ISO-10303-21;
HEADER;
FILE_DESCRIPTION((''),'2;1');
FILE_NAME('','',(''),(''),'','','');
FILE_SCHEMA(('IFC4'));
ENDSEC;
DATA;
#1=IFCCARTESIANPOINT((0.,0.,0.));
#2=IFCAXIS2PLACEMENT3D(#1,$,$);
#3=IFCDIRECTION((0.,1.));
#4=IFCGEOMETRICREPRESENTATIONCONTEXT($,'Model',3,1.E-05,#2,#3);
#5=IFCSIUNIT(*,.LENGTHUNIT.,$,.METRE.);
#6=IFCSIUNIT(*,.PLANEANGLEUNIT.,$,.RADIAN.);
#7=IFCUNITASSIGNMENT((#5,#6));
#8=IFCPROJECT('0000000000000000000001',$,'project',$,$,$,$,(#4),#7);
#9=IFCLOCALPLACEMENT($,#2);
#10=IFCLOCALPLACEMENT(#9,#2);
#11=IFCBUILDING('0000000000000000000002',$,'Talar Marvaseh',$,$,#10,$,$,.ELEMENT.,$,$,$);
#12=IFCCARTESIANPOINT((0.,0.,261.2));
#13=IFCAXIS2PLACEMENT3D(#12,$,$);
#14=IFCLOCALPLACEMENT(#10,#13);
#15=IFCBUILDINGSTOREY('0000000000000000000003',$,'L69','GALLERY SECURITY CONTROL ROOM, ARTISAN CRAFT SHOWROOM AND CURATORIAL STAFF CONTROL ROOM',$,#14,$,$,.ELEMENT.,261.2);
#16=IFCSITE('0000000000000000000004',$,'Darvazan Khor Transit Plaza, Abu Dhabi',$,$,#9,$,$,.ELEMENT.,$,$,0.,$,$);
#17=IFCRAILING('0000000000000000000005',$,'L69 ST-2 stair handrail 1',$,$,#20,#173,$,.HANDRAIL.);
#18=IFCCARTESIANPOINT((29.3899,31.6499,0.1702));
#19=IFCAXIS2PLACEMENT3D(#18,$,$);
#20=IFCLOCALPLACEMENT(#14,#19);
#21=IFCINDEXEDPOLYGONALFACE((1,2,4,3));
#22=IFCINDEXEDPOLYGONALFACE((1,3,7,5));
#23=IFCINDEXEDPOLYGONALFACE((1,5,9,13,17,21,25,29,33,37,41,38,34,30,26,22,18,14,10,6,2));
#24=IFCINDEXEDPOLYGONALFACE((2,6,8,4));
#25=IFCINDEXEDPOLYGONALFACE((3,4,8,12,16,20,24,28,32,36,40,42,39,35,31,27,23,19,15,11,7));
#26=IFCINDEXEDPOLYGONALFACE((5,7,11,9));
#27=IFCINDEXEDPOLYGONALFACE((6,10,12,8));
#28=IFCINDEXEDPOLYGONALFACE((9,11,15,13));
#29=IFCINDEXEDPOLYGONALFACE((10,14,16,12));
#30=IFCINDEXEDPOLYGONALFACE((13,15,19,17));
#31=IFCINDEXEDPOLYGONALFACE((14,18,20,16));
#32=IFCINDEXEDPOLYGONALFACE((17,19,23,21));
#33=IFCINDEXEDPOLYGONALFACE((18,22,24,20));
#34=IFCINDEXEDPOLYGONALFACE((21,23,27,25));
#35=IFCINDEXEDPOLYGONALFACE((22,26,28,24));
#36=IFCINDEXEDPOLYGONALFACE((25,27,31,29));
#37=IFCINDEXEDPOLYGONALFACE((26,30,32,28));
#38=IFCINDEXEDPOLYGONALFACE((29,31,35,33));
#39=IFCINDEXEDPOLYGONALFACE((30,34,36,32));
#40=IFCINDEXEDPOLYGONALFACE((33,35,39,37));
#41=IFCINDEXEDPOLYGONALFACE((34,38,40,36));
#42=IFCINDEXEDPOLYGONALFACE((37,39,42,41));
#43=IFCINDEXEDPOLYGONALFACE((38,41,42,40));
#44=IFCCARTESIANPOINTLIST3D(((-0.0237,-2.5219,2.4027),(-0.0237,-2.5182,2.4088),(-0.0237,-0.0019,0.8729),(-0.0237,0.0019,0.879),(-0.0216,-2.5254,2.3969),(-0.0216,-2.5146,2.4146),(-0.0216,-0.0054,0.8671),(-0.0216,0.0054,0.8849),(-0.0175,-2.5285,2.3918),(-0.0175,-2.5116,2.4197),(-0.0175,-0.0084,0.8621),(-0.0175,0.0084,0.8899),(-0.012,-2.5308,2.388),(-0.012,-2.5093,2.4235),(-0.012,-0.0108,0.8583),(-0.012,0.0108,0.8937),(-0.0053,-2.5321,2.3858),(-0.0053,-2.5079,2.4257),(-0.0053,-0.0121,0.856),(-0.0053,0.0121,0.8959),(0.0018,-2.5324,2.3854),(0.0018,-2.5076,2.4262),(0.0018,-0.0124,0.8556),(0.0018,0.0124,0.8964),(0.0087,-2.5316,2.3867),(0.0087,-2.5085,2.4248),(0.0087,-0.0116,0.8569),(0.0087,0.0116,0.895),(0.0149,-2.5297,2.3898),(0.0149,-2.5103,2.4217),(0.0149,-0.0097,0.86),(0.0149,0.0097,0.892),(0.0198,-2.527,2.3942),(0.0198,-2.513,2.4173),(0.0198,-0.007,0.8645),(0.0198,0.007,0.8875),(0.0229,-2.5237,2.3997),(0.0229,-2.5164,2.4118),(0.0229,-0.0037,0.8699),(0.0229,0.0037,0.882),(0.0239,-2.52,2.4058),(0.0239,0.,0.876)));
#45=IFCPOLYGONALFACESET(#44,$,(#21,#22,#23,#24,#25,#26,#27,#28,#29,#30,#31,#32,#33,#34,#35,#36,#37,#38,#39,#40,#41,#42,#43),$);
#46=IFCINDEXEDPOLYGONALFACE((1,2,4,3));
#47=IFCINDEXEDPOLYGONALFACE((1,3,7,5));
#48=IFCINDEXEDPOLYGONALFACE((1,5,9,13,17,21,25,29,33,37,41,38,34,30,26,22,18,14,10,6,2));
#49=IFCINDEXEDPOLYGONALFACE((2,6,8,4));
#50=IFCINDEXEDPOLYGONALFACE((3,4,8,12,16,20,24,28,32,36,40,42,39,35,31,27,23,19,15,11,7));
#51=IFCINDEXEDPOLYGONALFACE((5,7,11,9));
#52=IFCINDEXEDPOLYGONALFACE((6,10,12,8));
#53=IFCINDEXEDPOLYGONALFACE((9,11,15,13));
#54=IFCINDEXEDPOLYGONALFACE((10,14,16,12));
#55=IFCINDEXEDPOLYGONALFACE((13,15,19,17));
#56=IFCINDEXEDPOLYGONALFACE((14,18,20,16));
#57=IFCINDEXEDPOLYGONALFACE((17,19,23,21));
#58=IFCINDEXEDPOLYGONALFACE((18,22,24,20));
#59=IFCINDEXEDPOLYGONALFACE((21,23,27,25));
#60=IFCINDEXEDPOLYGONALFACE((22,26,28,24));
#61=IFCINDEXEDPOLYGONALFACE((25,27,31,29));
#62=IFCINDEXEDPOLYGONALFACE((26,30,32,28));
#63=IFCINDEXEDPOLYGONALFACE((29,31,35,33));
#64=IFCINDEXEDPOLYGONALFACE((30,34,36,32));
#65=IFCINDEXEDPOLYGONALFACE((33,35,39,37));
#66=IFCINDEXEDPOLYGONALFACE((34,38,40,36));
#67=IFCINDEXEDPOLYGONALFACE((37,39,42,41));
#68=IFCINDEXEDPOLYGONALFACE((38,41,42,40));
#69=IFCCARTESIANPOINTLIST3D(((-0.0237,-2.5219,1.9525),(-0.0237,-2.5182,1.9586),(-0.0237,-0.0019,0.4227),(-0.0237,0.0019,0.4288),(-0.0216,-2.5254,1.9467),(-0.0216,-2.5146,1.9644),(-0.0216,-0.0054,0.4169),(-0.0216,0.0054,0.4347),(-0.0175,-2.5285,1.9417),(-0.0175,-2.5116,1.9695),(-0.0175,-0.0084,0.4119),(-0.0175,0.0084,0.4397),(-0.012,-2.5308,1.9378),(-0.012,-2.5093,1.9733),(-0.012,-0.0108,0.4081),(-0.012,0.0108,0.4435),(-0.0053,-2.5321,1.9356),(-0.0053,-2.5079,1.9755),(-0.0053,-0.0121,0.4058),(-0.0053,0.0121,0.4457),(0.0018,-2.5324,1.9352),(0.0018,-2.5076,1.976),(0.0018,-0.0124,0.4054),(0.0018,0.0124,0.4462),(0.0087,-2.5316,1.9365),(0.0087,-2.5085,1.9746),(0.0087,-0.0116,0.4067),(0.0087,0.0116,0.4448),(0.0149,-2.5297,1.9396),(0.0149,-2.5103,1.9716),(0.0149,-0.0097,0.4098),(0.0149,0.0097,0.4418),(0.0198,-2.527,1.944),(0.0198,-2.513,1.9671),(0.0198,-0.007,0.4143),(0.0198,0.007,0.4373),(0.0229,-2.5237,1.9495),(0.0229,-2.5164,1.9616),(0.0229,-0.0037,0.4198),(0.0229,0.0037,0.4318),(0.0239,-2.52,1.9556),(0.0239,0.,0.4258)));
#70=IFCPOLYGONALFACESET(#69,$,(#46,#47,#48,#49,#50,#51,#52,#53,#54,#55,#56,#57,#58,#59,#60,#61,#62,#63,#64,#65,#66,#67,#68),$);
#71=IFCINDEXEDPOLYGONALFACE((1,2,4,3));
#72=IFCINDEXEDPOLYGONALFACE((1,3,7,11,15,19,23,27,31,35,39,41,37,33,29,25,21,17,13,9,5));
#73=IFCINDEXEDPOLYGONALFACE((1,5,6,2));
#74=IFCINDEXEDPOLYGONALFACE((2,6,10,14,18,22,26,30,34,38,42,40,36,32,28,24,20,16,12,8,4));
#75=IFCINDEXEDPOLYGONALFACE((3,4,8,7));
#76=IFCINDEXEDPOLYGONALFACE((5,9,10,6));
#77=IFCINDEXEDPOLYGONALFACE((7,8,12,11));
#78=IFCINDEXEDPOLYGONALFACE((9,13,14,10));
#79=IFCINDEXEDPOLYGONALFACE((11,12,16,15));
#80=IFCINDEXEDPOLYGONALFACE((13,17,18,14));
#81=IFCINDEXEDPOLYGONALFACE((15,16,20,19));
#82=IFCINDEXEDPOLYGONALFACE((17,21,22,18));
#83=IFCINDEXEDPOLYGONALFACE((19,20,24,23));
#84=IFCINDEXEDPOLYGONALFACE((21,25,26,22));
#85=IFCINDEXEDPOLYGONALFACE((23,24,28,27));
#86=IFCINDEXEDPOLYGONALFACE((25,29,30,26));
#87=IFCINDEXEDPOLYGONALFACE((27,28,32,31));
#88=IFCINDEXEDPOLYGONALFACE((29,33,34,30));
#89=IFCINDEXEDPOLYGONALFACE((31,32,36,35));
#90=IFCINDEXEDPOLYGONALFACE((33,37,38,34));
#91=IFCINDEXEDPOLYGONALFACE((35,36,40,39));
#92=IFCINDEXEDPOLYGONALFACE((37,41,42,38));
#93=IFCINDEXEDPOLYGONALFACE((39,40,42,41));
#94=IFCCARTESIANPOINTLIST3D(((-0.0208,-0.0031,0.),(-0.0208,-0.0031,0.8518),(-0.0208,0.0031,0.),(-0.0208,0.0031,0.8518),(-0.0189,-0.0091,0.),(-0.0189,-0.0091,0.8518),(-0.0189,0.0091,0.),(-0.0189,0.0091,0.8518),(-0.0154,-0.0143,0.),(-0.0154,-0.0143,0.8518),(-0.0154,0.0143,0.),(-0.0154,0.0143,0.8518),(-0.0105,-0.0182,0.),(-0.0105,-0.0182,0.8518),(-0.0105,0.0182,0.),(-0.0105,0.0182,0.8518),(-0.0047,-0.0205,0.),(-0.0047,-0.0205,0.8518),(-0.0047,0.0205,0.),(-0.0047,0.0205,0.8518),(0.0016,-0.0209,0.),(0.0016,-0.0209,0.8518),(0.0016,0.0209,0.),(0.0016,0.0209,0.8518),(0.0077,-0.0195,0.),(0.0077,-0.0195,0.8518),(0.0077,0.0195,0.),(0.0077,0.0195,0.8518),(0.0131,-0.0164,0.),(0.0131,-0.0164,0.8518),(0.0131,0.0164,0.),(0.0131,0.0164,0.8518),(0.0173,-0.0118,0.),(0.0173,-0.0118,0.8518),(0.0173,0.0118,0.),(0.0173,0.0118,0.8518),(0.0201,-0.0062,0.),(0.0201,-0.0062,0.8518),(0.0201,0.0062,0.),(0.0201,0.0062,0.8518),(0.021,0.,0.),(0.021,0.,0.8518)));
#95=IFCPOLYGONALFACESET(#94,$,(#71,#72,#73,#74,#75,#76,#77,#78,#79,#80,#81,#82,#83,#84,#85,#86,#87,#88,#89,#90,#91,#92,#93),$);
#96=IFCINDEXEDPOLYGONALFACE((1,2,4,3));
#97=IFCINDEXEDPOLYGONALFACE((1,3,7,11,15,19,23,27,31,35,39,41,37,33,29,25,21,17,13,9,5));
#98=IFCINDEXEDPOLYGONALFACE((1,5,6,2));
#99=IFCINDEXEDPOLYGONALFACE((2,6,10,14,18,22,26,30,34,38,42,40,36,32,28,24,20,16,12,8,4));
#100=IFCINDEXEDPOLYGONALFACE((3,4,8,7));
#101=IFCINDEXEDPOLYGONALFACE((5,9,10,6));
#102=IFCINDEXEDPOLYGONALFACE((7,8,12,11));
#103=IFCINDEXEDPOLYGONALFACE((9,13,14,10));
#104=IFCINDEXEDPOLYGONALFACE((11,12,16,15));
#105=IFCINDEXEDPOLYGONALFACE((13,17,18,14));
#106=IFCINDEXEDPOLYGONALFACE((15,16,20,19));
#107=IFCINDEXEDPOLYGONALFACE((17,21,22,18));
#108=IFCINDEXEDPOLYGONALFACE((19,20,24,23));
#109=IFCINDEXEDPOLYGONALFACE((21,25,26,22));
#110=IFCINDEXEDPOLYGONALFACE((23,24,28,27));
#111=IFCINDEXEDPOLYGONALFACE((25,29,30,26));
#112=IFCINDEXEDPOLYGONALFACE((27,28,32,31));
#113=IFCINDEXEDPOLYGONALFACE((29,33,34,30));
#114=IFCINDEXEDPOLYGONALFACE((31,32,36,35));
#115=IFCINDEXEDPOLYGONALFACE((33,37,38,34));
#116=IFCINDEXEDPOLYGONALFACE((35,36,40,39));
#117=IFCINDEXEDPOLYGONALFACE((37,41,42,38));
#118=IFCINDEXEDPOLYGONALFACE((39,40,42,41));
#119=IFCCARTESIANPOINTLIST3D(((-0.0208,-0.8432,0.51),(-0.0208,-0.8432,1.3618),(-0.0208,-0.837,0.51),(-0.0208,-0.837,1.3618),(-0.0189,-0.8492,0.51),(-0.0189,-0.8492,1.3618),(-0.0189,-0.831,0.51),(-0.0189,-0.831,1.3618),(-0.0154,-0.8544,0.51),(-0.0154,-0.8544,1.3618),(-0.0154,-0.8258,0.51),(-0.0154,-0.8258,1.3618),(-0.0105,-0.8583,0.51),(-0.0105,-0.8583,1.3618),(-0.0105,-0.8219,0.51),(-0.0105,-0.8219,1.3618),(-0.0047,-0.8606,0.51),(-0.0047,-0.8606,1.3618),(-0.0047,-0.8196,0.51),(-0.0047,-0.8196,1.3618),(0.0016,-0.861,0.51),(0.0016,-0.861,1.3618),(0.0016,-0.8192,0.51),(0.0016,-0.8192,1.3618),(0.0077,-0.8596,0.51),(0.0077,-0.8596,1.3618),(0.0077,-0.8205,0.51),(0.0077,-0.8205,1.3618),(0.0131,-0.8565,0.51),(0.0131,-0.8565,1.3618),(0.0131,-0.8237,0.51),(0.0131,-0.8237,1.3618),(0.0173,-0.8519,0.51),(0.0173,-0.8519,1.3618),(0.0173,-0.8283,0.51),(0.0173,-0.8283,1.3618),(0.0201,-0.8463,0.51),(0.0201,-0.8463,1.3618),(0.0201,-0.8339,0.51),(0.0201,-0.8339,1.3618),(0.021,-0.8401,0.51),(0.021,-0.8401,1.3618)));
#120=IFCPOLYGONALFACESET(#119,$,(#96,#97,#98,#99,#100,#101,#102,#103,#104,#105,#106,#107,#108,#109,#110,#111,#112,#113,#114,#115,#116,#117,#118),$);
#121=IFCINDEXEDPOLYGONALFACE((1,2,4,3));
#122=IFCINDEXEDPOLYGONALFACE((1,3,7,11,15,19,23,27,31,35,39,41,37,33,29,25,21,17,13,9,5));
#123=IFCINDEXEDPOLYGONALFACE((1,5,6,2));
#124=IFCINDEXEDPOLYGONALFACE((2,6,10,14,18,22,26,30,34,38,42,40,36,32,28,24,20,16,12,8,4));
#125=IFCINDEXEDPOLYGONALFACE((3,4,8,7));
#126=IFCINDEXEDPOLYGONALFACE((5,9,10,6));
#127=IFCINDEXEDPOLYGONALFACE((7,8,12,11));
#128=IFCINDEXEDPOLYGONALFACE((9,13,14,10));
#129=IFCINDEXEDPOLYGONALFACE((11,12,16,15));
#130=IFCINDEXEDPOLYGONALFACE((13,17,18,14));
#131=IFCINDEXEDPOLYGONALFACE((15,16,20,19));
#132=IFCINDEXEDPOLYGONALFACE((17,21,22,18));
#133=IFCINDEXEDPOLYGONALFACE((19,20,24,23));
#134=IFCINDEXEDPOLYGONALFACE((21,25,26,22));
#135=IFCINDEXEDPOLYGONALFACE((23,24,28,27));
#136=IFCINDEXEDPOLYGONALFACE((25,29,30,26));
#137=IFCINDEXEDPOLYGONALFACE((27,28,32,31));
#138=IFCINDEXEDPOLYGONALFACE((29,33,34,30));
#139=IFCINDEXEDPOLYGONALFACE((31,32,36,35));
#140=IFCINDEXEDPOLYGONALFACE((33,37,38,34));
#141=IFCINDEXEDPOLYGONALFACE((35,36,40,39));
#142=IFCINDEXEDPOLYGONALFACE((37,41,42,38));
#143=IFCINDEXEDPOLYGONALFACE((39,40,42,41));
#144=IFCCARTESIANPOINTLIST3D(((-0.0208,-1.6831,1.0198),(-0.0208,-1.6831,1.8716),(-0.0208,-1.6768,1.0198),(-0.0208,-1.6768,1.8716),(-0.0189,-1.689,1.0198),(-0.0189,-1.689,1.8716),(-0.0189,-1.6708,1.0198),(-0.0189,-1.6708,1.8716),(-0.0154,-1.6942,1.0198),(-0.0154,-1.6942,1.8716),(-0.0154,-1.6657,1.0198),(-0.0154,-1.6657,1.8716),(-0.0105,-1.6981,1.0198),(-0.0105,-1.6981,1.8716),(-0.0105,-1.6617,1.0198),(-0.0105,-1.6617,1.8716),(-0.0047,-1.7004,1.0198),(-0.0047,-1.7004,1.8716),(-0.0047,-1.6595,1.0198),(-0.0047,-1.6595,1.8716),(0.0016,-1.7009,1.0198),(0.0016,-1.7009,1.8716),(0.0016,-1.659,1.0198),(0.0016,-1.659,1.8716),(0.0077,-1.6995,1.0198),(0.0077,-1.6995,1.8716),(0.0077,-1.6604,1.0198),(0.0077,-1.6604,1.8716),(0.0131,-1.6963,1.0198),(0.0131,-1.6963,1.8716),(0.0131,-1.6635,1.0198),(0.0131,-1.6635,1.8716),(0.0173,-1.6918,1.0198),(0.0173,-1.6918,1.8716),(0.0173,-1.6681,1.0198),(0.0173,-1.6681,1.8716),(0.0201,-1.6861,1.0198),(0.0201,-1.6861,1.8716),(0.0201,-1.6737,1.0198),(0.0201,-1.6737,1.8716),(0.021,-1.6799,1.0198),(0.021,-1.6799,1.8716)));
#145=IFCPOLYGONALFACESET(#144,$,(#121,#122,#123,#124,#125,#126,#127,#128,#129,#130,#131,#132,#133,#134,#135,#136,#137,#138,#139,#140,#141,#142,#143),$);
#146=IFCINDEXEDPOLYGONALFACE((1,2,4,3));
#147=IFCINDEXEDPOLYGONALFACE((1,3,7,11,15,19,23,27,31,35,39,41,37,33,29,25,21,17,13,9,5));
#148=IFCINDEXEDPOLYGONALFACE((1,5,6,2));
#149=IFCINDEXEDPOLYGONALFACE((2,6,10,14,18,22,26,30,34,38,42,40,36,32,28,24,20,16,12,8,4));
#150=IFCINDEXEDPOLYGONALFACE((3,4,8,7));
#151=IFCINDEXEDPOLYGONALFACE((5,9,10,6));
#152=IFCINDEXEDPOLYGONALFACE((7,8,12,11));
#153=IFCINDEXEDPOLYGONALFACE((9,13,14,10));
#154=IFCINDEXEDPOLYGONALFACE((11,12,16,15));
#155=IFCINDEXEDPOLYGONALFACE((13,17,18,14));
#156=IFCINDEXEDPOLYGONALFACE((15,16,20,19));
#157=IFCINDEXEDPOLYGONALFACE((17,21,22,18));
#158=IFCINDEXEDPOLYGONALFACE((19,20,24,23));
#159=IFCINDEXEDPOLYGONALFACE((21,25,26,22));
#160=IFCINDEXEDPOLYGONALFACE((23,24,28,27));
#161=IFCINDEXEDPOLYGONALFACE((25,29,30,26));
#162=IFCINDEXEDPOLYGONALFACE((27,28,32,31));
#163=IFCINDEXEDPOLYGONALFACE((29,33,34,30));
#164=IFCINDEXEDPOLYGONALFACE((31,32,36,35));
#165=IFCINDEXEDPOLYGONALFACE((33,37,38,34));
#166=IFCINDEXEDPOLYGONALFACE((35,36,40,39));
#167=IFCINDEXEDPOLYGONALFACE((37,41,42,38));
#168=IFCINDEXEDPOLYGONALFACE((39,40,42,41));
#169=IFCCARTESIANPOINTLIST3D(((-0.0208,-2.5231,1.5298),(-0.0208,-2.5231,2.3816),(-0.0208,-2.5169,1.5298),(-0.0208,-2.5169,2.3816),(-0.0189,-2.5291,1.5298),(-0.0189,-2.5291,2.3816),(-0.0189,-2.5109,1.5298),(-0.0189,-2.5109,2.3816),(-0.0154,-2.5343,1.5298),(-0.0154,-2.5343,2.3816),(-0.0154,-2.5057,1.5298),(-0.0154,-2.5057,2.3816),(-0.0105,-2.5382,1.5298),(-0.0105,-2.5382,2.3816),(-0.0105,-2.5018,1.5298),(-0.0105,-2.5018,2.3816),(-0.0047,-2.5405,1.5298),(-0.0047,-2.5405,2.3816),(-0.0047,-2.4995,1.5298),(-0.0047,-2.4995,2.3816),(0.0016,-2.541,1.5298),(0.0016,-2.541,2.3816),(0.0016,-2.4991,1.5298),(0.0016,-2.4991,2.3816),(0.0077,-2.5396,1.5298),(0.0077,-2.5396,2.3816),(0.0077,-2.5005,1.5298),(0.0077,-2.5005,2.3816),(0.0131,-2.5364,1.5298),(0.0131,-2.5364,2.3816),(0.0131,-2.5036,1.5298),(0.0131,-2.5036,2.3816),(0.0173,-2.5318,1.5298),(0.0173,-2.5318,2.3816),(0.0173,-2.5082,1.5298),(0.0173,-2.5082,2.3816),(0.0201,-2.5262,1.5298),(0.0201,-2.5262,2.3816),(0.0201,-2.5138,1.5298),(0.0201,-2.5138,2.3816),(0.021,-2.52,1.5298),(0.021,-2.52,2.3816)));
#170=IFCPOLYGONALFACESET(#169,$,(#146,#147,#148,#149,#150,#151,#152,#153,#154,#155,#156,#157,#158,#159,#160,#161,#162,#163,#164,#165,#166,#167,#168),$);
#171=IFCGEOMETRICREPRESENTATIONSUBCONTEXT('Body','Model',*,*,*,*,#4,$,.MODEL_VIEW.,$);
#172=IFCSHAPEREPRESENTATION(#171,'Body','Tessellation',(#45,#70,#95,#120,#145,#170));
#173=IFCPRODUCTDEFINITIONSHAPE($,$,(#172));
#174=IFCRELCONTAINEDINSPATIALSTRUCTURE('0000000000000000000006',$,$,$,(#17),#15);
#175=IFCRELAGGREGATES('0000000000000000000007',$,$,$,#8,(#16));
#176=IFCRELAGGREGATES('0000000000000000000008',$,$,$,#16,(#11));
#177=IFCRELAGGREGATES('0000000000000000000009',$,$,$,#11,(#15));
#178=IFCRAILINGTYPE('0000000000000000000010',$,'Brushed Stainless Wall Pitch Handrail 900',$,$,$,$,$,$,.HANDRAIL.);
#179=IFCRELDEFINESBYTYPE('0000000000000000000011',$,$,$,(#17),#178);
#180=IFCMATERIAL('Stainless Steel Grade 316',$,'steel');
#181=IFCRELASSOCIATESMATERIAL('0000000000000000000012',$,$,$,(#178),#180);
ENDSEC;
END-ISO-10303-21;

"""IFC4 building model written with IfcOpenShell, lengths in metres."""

from ifc_helpers import new_model, si_unit, direction, frame, origin, origin_2d, place, context, subcontext, project, spatial, circle, extrude, material, type_object, element, save


model = new_model("IFC4")

# Units and contexts
model_context = context("Model", 3, precision=1e-05, world=origin(), true_north=direction((0.0, 1.0)))
body_context = subcontext(model_context, "Body", "Model", "MODEL_VIEW")
ifc_project = project(units=[si_unit("LENGTHUNIT", "METRE"), si_unit("PLANEANGLEUNIT", "RADIAN")], contexts=[model_context])

# Site, building, storey
site_placement = place(None, origin())
site = spatial("IfcSite", under=ifc_project, at=site_placement, Name="Darvazan Khor Transit Plaza, Abu Dhabi", CompositionType="ELEMENT", RefElevation=0.0)
building_placement = place(site_placement, origin())
building = spatial("IfcBuilding", under=site, at=building_placement, Name="Talar Marvaseh", CompositionType="ELEMENT")
storey_placement = place(building_placement, frame((0.0, 0.0, 261.2)))
storey = spatial("IfcBuildingStorey", under=building, at=storey_placement, Name="L69", Description="GALLERY SECURITY CONTROL ROOM, ARTISAN CRAFT SHOWROOM AND CURATORIAL STAFF CONTROL ROOM", CompositionType="ELEMENT", Elevation=261.2)

# Shared definitions
ifc_material_1 = material(Name="Stainless Steel Grade 316", Category="steel")

# Railing
railing_type_1 = type_object("IfcRailingType", Name="Brushed Stainless Wall Pitch Handrail 900", PredefinedType="HANDRAIL", material=ifc_material_1)
railing_1_placement = place(storey_placement, frame((29.3899, 31.6499, 0.1702)))
element("IfcRailing", 1, at=railing_1_placement, inside=storey, type_object=railing_type_1, Name="L69 ST-2 stair handrail 1", PredefinedType="HANDRAIL", context=body_context, shape_type="SweptSolid", body=[
    extrude(circle(Radius=0.0239, at=origin_2d()), frame((0.0, 0.0, 0.876), z_axis=(0.0, -0.854822, 0.518922), x_axis=(1.0, 0.0, 0.0)), (0.0, 0.0, 1.0), 2.948),
    extrude(circle(Radius=0.0239, at=origin_2d()), frame((0.0, 0.0, 0.4258), z_axis=(0.0, -0.854822, 0.518922), x_axis=(1.0, 0.0, 0.0)), (0.0, 0.0, 1.0), 2.948),
    extrude(circle(Radius=0.021, at=origin_2d()), origin(), (0.0, 0.0, 1.0), 0.8518),
    extrude(circle(Radius=0.021, at=origin_2d()), frame((0.0, -0.8401, 0.51)), (0.0, 0.0, 1.0), 0.8518),
    extrude(circle(Radius=0.021, at=origin_2d()), frame((0.0, -1.6799, 1.0198)), (0.0, 0.0, 1.0), 0.8518),
    extrude(circle(Radius=0.021, at=origin_2d()), frame((0.0, -2.52, 1.5298)), (0.0, 0.0, 1.0), 0.8518),
])

save(model, "model.ifc")
